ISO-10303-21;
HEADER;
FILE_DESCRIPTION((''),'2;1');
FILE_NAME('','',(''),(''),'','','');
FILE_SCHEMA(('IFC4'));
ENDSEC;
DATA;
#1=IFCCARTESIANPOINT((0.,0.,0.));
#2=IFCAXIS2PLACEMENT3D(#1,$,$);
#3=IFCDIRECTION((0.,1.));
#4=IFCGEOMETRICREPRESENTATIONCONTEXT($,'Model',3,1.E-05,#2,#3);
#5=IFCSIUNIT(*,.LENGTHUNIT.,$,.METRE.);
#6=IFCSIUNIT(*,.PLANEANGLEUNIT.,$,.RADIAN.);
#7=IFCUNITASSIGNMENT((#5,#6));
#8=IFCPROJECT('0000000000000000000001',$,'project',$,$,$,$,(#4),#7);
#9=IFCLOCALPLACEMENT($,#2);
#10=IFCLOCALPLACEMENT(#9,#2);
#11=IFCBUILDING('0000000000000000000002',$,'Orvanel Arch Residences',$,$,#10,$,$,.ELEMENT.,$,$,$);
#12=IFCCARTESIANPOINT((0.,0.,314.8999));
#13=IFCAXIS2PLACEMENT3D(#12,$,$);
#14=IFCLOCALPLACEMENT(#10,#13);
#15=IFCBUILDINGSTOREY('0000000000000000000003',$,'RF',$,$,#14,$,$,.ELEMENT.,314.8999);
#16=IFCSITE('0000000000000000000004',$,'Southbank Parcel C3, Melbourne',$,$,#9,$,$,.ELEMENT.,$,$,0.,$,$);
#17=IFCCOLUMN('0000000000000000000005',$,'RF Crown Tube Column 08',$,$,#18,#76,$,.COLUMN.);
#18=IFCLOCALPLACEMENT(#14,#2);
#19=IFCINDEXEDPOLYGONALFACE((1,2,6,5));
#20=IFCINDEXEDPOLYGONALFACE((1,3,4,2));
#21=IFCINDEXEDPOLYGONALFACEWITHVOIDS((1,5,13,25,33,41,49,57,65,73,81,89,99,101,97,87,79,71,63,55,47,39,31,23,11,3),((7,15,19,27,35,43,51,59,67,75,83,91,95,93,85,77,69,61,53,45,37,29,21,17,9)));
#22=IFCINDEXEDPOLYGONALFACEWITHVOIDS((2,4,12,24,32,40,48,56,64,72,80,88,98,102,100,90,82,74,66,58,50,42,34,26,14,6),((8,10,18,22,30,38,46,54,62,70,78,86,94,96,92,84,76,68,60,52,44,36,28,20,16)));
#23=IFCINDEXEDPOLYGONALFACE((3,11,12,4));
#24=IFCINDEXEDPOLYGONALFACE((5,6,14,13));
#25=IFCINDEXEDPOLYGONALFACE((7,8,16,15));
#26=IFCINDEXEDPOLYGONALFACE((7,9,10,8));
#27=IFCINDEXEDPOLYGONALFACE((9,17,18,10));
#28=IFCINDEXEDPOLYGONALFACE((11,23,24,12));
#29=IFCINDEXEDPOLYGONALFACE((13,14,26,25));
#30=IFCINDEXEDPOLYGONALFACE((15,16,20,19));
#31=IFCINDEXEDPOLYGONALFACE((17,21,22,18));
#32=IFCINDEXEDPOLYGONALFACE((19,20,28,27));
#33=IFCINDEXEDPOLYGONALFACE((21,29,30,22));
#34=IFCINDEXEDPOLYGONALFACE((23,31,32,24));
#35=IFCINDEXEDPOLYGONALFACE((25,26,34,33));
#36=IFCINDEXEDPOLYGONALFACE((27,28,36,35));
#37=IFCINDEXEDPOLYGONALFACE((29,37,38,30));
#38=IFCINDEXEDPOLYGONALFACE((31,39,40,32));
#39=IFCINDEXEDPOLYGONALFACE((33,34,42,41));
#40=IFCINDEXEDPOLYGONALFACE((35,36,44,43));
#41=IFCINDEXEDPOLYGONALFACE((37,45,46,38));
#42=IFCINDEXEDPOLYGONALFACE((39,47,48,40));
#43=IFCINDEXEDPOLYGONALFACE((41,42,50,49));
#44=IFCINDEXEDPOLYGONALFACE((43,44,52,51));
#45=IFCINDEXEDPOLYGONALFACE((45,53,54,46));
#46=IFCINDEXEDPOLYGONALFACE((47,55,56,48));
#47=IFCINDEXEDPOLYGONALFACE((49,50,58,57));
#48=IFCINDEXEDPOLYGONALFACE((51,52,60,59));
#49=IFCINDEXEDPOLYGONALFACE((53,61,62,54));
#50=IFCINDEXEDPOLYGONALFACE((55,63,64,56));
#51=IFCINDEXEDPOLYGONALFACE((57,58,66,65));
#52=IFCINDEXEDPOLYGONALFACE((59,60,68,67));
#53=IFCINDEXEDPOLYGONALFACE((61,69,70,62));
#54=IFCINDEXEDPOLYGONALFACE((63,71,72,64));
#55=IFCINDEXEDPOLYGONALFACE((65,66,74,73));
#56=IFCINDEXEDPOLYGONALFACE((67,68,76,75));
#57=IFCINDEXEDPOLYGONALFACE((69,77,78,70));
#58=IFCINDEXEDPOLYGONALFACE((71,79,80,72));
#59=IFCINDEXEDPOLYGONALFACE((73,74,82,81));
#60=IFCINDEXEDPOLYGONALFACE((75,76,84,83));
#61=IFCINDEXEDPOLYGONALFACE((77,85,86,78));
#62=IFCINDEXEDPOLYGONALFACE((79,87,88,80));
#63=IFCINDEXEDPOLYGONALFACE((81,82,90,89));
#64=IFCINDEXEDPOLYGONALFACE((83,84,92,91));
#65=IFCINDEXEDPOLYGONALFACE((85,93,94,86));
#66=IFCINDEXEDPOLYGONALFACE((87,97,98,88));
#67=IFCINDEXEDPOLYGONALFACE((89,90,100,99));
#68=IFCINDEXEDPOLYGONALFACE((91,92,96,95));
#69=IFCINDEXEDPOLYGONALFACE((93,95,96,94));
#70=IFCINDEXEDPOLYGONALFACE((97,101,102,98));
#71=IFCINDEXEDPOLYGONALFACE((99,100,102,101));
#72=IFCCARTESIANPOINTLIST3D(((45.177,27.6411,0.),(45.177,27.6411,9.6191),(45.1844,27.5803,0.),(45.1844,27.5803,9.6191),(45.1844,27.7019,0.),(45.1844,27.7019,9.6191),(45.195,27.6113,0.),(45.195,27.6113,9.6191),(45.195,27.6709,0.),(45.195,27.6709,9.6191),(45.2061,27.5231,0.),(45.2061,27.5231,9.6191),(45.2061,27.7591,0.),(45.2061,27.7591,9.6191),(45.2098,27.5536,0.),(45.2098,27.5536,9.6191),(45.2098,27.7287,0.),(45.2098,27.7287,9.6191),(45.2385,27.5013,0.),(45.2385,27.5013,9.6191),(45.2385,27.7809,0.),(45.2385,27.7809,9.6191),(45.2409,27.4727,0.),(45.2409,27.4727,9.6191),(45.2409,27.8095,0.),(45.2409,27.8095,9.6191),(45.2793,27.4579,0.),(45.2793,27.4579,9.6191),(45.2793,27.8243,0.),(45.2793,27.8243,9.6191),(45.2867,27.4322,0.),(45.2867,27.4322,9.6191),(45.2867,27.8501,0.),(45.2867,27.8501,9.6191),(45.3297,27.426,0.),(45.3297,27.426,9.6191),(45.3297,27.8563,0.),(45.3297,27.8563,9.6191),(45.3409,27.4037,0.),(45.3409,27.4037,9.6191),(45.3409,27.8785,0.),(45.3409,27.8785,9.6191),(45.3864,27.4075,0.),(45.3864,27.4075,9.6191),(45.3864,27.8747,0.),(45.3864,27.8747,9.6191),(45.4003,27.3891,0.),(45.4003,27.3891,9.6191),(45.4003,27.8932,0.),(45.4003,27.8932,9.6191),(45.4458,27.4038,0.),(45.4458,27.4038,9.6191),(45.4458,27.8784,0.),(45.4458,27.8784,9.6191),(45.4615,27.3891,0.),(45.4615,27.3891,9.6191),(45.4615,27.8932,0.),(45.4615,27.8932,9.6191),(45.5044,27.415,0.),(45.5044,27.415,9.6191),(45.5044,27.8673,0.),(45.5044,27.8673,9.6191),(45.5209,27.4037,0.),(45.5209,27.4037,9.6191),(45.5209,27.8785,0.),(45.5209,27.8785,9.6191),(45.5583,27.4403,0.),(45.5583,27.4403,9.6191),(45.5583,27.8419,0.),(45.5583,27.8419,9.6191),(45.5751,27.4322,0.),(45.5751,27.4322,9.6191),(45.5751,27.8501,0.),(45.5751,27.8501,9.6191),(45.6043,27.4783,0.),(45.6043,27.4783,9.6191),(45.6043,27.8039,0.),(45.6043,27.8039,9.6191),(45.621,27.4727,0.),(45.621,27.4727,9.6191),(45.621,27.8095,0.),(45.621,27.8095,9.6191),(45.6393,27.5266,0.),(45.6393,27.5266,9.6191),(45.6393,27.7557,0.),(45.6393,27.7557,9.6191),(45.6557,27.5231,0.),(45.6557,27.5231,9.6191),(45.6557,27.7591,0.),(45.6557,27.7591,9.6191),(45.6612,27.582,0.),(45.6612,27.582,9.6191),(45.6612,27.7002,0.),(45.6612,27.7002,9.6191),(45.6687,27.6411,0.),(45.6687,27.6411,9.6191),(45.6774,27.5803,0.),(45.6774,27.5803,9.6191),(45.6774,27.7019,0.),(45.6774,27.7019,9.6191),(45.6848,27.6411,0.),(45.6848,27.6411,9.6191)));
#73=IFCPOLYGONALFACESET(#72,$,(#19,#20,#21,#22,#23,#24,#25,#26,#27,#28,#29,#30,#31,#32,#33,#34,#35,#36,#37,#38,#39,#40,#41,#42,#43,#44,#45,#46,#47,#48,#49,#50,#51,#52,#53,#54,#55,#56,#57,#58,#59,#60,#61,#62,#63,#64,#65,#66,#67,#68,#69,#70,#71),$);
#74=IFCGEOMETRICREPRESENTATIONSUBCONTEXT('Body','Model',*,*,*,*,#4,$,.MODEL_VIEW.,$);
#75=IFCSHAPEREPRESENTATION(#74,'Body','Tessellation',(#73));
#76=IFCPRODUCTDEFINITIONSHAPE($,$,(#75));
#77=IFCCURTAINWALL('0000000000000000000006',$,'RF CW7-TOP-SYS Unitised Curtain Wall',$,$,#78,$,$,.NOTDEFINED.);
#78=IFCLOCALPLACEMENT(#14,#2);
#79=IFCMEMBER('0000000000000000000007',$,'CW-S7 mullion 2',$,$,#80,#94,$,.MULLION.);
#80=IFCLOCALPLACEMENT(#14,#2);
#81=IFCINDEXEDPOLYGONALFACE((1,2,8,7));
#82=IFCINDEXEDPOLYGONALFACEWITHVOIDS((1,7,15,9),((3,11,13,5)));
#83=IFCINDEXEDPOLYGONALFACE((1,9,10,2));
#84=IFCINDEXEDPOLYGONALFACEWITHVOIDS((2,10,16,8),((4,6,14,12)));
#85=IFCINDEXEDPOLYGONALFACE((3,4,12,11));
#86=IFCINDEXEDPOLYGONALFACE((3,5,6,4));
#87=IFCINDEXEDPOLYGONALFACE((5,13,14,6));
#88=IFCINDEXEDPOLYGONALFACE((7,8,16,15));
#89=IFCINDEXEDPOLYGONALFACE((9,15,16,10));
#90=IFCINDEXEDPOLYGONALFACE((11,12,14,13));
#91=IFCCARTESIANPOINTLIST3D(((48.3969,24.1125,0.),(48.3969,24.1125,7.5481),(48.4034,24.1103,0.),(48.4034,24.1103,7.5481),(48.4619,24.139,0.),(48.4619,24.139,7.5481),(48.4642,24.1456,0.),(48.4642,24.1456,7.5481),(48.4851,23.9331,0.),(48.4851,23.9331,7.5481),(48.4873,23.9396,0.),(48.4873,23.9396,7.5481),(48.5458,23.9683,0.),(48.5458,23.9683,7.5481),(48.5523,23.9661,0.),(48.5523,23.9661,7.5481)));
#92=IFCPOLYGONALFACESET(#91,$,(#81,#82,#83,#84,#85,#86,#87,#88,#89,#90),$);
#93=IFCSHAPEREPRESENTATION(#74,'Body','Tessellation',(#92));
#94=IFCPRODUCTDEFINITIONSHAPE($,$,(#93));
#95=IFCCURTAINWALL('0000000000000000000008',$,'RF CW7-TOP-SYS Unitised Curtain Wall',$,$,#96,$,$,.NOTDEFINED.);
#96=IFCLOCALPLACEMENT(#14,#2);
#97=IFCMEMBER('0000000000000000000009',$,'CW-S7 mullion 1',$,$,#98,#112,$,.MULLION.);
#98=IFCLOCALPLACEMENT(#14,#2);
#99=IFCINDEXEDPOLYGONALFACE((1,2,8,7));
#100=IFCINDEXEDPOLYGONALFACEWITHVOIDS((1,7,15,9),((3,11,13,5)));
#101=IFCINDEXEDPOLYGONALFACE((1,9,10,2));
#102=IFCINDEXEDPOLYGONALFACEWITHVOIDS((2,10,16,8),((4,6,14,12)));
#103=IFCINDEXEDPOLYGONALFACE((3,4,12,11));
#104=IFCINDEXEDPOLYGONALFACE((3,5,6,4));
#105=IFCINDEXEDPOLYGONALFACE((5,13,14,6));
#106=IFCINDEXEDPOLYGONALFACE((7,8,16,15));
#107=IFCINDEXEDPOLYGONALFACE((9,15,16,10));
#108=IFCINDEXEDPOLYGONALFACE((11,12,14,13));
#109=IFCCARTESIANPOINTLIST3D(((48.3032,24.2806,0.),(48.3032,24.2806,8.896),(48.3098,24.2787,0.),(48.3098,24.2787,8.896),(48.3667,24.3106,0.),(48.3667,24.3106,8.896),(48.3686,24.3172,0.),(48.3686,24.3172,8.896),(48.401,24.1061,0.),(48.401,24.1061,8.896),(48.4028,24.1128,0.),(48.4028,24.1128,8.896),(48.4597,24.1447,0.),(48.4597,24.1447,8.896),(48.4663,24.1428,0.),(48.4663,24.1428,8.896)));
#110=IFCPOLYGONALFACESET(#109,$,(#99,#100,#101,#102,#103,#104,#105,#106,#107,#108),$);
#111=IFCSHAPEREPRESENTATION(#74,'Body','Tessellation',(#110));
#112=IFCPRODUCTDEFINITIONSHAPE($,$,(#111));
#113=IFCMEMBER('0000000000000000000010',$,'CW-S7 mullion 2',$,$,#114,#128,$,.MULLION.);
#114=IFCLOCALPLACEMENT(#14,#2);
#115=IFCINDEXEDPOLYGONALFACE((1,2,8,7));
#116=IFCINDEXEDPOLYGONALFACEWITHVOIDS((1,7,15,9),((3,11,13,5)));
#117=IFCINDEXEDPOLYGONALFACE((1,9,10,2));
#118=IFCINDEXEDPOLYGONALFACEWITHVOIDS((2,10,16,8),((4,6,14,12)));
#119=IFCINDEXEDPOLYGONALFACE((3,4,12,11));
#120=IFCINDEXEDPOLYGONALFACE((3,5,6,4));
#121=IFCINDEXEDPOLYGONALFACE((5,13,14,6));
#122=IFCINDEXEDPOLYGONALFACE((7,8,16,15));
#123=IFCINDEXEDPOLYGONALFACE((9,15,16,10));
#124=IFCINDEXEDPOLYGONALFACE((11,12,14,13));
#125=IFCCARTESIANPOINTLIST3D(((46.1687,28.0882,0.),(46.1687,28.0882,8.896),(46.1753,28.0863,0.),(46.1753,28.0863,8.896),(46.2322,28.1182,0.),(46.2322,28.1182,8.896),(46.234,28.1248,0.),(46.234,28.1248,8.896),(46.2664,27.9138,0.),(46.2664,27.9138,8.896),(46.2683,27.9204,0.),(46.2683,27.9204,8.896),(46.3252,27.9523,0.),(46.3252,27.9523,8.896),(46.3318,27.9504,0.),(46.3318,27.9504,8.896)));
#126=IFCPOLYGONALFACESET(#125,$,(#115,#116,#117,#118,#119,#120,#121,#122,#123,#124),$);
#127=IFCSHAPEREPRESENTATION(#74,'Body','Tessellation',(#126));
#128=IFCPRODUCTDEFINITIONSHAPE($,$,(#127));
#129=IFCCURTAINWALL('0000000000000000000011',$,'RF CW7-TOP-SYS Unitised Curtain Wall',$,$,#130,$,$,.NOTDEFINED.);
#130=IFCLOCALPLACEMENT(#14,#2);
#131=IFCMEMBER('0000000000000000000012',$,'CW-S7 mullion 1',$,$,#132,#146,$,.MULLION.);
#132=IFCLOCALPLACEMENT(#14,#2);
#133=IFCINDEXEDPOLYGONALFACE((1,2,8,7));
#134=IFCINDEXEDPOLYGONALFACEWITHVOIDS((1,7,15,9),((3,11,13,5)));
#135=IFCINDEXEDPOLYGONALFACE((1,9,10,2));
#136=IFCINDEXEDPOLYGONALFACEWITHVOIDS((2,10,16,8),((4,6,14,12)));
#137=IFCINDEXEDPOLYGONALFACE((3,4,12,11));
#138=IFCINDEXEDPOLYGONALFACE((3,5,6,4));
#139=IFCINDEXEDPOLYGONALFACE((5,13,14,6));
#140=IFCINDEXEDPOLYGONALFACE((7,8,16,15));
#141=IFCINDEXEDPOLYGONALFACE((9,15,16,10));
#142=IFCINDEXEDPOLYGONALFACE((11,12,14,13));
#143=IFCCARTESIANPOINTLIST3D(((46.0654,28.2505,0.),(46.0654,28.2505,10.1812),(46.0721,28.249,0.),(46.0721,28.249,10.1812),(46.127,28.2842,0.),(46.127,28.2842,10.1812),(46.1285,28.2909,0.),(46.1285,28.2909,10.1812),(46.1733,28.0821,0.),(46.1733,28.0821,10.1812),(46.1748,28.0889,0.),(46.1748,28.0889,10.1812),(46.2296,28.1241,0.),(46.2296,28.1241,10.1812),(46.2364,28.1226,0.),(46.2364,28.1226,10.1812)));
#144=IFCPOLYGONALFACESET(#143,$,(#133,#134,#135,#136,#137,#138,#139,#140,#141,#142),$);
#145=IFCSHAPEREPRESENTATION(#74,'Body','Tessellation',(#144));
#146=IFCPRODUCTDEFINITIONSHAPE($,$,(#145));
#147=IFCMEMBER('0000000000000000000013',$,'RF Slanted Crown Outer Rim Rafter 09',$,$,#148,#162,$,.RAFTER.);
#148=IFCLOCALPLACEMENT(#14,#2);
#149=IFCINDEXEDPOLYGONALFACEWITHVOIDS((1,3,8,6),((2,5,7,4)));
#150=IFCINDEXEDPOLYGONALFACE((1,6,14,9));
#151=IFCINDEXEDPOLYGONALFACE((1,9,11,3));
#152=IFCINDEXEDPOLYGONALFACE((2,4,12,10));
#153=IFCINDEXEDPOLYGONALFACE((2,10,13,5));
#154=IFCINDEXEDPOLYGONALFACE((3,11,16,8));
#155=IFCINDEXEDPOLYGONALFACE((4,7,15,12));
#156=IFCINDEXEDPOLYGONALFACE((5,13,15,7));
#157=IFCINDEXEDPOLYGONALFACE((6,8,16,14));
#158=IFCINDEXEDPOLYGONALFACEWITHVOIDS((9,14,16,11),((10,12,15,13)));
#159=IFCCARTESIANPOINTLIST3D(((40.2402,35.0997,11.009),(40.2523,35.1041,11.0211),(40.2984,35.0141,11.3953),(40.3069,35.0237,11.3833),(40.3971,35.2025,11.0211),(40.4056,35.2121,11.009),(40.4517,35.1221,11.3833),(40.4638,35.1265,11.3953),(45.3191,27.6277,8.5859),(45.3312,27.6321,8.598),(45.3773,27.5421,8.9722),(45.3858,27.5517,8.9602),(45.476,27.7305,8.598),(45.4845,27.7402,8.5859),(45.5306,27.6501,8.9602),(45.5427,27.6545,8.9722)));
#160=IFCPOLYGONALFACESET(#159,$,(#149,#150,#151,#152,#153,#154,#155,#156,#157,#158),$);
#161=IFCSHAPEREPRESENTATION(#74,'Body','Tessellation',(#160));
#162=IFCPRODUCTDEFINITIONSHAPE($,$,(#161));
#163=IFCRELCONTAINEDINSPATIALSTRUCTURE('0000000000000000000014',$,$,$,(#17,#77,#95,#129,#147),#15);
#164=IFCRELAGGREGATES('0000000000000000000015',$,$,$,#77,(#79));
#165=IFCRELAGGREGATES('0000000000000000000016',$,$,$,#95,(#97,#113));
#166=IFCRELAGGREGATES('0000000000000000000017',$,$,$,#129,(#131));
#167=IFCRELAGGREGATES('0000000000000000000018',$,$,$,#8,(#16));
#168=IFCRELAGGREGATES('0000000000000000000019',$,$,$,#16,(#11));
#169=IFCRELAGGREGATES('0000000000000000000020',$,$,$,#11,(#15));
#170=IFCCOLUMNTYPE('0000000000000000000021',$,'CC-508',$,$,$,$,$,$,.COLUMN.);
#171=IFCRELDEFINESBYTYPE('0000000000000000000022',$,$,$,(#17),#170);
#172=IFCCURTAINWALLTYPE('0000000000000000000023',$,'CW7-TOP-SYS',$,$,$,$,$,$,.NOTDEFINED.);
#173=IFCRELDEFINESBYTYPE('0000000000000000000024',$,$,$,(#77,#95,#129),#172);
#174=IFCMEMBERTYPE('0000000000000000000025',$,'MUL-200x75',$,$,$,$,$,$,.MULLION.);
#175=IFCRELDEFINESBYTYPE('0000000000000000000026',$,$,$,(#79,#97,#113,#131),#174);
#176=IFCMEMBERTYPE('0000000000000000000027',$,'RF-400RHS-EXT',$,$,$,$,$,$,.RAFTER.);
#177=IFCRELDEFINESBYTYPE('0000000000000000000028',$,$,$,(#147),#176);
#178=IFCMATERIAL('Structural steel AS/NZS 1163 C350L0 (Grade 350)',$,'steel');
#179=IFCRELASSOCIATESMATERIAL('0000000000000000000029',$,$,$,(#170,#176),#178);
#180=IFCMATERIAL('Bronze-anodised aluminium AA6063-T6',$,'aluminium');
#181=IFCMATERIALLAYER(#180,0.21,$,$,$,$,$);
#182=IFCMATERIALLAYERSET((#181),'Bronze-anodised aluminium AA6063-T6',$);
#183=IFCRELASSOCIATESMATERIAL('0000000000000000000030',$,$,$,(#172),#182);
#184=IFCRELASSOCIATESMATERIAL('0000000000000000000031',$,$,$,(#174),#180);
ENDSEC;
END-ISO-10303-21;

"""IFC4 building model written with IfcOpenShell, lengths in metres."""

from ifc_helpers import new_model, si_unit, direction, frame, origin, origin_2d, place, context, subcontext, project, spatial, hollow_rectangle, hollow_circle, extrude, material, layer, layer_set, material_profile, profile_set, type_object, element, aggregate, save


model = new_model("IFC4")

# Units and contexts
model_context = context("Model", 3, precision=1e-05, world=origin(), true_north=direction((0.0, 1.0)))
body_context = subcontext(model_context, "Body", "Model", "MODEL_VIEW")
ifc_project = project(units=[si_unit("LENGTHUNIT", "METRE"), si_unit("PLANEANGLEUNIT", "RADIAN")], contexts=[model_context])

# Site, building, storey
site_placement = place(None, origin())
site = spatial("IfcSite", under=ifc_project, at=site_placement, Name="Southbank Parcel C3, Melbourne", CompositionType="ELEMENT", RefElevation=0.0)
building_placement = place(site_placement, origin())
building = spatial("IfcBuilding", under=site, at=building_placement, Name="Orvanel Arch Residences", CompositionType="ELEMENT")
storey_placement = place(building_placement, frame((0.0, 0.0, 314.8999)))
storey = spatial("IfcBuildingStorey", under=building, at=storey_placement, Name="RF", CompositionType="ELEMENT", Elevation=314.8999)

# Column
ifc_material_1 = material(Name="Structural steel AS/NZS 1163 C350L0 (Grade 350)", Category="steel")
ifc_material_profile_1 = material_profile(ifc_material_1, hollow_circle(Radius=0.2539, WallThickness=0.0161, at=origin_2d()), Name="CHS508x16")
ifc_profile_set_1 = profile_set([ifc_material_profile_1], Name="Structural steel AS/NZS 1163 C350L0 (Grade 350)")
column_type = type_object("IfcColumnType", Name="CC-508", PredefinedType="COLUMN", material=ifc_profile_set_1)
column_placement = place(storey_placement, frame((45.4309, 27.6411, 0.0), z_axis=(0.0, 0.0, 1.0), x_axis=(1.0, 0.0, 0.0)))
element("IfcColumn", 1, at=column_placement, inside=storey, type_object=column_type, Name="RF Crown Tube Column 08", PredefinedType="COLUMN", context=body_context, shape_type="SweptSolid", body=[
    extrude(hollow_circle(Radius=0.2539, WallThickness=0.0161, at=origin_2d()), origin(), (0.0, 0.0, 1.0), 9.6191),
])

# Curtain wall, member
ifc_material_2 = material(Name="Bronze-anodised aluminium AA6063-T6", Category="aluminium")
ifc_layer_1 = layer(ifc_material_2, 0.21)
ifc_layer_set_1 = layer_set([ifc_layer_1], Name="Bronze-anodised aluminium AA6063-T6")
curtain_wall_type = type_object("IfcCurtainWallType", Name="CW7-TOP-SYS", PredefinedType="NOTDEFINED", material=ifc_layer_set_1)
curtain_wall_1_placement = place(storey_placement, origin())
curtain_wall_1 = element("IfcCurtainWall", 2, at=curtain_wall_1_placement, inside=storey, type_object=curtain_wall_type, Name="RF CW7-TOP-SYS Unitised Curtain Wall", PredefinedType="NOTDEFINED")
ifc_material_profile_2 = material_profile(ifc_material_2, hollow_rectangle(XDim=0.075, YDim=0.2, WallThickness=0.0049, at=origin_2d()), Name="ALU200x75x5")
ifc_profile_set_2 = profile_set([ifc_material_profile_2], Name="Bronze-anodised aluminium AA6063-T6")
member_type_1 = type_object("IfcMemberType", Name="MUL-200x75", PredefinedType="MULLION", material=ifc_profile_set_2)
member_1_placement = place(storey_placement, frame((48.4746, 24.0393, 0.0), z_axis=(0.0, 0.0, 1.0), x_axis=(-0.897504, -0.441005, 0.0)))
member_1 = element("IfcMember", 3, at=member_1_placement, type_object=member_type_1, Name="CW-S7 mullion 2", PredefinedType="MULLION", context=body_context, shape_type="SweptSolid", body=[
    extrude(hollow_rectangle(XDim=0.075, YDim=0.2, WallThickness=0.0049, at=origin_2d()), origin(), (0.0, 0.0, 1.0), 7.5481),
])
aggregate(curtain_wall_1, [member_1])

# Curtain wall, members
curtain_wall_2_placement = place(storey_placement, origin())
curtain_wall_2 = element("IfcCurtainWall", 4, at=curtain_wall_2_placement, inside=storey, type_object=curtain_wall_type, Name="RF CW7-TOP-SYS Unitised Curtain Wall", PredefinedType="NOTDEFINED")
member_2_placement = place(storey_placement, frame((48.3848, 24.2117, 0.0), z_axis=(0.0, 0.0, 1.0), x_axis=(-0.872302, -0.488967, 0.0)))
member_2 = element("IfcMember", 5, at=member_2_placement, type_object=member_type_1, Name="CW-S7 mullion 1", PredefinedType="MULLION", context=body_context, shape_type="SweptSolid", body=[
    extrude(hollow_rectangle(XDim=0.075, YDim=0.2, WallThickness=0.0049, at=origin_2d()), origin(), (0.0, 0.0, 1.0), 8.896),
])
member_3_placement = place(storey_placement, frame((46.2502, 28.0193, 0.0), z_axis=(0.0, 0.0, 1.0), x_axis=(-0.872302, -0.488967, 0.0)))
member_3 = element("IfcMember", 6, at=member_3_placement, type_object=member_type_1, Name="CW-S7 mullion 2", PredefinedType="MULLION", context=body_context, shape_type="SweptSolid", body=[
    extrude(hollow_rectangle(XDim=0.075, YDim=0.2, WallThickness=0.0049, at=origin_2d()), origin(), (0.0, 0.0, 1.0), 8.896),
])

# Curtain wall, member
curtain_wall_3_placement = place(storey_placement, origin())
curtain_wall_3 = element("IfcCurtainWall", 7, at=curtain_wall_3_placement, inside=storey, type_object=curtain_wall_type, Name="RF CW7-TOP-SYS Unitised Curtain Wall", PredefinedType="NOTDEFINED")
member_4_placement = place(storey_placement, frame((46.1509, 28.1865, 0.0), z_axis=(0.0, 0.0, 1.0), x_axis=(-0.841866, -0.539687, 0.0)))
member_4 = element("IfcMember", 8, at=member_4_placement, type_object=member_type_1, Name="CW-S7 mullion 1", PredefinedType="MULLION", context=body_context, shape_type="SweptSolid", body=[
    extrude(hollow_rectangle(XDim=0.075, YDim=0.2, WallThickness=0.0049, at=origin_2d()), origin(), (0.0, 0.0, 1.0), 10.1812),
])

# Member
ifc_material_profile_3 = material_profile(ifc_material_1, hollow_rectangle(XDim=0.2, YDim=0.3999, WallThickness=0.0125, at=origin_2d()), Name="RHS400x200x12.5")
ifc_profile_set_3 = profile_set([ifc_material_profile_3], Name="Structural steel AS/NZS 1163 C350L0 (Grade 350)")
member_type_2 = type_object("IfcMemberType", Name="RF-400RHS-EXT", PredefinedType="RAFTER", material=ifc_profile_set_3)
member_5_placement = place(storey_placement, frame((45.4309, 27.6411, 8.7791), z_axis=(-0.542966, 0.798801, 0.259046), x_axis=(-0.827032, -0.562155, 0.0)))
element("IfcMember", 9, at=member_5_placement, inside=storey, type_object=member_type_2, Name="RF Slanted Crown Outer Rim Rafter 09", PredefinedType="RAFTER", context=body_context, shape_type="SweptSolid", body=[
    extrude(hollow_rectangle(XDim=0.2, YDim=0.3999, WallThickness=0.0125, at=origin_2d()), origin(), (0.0, 0.0, 1.0), 9.354),
])

aggregate(curtain_wall_2, [member_2, member_3])
aggregate(curtain_wall_3, [member_4])

save(model, "model.ifc")
